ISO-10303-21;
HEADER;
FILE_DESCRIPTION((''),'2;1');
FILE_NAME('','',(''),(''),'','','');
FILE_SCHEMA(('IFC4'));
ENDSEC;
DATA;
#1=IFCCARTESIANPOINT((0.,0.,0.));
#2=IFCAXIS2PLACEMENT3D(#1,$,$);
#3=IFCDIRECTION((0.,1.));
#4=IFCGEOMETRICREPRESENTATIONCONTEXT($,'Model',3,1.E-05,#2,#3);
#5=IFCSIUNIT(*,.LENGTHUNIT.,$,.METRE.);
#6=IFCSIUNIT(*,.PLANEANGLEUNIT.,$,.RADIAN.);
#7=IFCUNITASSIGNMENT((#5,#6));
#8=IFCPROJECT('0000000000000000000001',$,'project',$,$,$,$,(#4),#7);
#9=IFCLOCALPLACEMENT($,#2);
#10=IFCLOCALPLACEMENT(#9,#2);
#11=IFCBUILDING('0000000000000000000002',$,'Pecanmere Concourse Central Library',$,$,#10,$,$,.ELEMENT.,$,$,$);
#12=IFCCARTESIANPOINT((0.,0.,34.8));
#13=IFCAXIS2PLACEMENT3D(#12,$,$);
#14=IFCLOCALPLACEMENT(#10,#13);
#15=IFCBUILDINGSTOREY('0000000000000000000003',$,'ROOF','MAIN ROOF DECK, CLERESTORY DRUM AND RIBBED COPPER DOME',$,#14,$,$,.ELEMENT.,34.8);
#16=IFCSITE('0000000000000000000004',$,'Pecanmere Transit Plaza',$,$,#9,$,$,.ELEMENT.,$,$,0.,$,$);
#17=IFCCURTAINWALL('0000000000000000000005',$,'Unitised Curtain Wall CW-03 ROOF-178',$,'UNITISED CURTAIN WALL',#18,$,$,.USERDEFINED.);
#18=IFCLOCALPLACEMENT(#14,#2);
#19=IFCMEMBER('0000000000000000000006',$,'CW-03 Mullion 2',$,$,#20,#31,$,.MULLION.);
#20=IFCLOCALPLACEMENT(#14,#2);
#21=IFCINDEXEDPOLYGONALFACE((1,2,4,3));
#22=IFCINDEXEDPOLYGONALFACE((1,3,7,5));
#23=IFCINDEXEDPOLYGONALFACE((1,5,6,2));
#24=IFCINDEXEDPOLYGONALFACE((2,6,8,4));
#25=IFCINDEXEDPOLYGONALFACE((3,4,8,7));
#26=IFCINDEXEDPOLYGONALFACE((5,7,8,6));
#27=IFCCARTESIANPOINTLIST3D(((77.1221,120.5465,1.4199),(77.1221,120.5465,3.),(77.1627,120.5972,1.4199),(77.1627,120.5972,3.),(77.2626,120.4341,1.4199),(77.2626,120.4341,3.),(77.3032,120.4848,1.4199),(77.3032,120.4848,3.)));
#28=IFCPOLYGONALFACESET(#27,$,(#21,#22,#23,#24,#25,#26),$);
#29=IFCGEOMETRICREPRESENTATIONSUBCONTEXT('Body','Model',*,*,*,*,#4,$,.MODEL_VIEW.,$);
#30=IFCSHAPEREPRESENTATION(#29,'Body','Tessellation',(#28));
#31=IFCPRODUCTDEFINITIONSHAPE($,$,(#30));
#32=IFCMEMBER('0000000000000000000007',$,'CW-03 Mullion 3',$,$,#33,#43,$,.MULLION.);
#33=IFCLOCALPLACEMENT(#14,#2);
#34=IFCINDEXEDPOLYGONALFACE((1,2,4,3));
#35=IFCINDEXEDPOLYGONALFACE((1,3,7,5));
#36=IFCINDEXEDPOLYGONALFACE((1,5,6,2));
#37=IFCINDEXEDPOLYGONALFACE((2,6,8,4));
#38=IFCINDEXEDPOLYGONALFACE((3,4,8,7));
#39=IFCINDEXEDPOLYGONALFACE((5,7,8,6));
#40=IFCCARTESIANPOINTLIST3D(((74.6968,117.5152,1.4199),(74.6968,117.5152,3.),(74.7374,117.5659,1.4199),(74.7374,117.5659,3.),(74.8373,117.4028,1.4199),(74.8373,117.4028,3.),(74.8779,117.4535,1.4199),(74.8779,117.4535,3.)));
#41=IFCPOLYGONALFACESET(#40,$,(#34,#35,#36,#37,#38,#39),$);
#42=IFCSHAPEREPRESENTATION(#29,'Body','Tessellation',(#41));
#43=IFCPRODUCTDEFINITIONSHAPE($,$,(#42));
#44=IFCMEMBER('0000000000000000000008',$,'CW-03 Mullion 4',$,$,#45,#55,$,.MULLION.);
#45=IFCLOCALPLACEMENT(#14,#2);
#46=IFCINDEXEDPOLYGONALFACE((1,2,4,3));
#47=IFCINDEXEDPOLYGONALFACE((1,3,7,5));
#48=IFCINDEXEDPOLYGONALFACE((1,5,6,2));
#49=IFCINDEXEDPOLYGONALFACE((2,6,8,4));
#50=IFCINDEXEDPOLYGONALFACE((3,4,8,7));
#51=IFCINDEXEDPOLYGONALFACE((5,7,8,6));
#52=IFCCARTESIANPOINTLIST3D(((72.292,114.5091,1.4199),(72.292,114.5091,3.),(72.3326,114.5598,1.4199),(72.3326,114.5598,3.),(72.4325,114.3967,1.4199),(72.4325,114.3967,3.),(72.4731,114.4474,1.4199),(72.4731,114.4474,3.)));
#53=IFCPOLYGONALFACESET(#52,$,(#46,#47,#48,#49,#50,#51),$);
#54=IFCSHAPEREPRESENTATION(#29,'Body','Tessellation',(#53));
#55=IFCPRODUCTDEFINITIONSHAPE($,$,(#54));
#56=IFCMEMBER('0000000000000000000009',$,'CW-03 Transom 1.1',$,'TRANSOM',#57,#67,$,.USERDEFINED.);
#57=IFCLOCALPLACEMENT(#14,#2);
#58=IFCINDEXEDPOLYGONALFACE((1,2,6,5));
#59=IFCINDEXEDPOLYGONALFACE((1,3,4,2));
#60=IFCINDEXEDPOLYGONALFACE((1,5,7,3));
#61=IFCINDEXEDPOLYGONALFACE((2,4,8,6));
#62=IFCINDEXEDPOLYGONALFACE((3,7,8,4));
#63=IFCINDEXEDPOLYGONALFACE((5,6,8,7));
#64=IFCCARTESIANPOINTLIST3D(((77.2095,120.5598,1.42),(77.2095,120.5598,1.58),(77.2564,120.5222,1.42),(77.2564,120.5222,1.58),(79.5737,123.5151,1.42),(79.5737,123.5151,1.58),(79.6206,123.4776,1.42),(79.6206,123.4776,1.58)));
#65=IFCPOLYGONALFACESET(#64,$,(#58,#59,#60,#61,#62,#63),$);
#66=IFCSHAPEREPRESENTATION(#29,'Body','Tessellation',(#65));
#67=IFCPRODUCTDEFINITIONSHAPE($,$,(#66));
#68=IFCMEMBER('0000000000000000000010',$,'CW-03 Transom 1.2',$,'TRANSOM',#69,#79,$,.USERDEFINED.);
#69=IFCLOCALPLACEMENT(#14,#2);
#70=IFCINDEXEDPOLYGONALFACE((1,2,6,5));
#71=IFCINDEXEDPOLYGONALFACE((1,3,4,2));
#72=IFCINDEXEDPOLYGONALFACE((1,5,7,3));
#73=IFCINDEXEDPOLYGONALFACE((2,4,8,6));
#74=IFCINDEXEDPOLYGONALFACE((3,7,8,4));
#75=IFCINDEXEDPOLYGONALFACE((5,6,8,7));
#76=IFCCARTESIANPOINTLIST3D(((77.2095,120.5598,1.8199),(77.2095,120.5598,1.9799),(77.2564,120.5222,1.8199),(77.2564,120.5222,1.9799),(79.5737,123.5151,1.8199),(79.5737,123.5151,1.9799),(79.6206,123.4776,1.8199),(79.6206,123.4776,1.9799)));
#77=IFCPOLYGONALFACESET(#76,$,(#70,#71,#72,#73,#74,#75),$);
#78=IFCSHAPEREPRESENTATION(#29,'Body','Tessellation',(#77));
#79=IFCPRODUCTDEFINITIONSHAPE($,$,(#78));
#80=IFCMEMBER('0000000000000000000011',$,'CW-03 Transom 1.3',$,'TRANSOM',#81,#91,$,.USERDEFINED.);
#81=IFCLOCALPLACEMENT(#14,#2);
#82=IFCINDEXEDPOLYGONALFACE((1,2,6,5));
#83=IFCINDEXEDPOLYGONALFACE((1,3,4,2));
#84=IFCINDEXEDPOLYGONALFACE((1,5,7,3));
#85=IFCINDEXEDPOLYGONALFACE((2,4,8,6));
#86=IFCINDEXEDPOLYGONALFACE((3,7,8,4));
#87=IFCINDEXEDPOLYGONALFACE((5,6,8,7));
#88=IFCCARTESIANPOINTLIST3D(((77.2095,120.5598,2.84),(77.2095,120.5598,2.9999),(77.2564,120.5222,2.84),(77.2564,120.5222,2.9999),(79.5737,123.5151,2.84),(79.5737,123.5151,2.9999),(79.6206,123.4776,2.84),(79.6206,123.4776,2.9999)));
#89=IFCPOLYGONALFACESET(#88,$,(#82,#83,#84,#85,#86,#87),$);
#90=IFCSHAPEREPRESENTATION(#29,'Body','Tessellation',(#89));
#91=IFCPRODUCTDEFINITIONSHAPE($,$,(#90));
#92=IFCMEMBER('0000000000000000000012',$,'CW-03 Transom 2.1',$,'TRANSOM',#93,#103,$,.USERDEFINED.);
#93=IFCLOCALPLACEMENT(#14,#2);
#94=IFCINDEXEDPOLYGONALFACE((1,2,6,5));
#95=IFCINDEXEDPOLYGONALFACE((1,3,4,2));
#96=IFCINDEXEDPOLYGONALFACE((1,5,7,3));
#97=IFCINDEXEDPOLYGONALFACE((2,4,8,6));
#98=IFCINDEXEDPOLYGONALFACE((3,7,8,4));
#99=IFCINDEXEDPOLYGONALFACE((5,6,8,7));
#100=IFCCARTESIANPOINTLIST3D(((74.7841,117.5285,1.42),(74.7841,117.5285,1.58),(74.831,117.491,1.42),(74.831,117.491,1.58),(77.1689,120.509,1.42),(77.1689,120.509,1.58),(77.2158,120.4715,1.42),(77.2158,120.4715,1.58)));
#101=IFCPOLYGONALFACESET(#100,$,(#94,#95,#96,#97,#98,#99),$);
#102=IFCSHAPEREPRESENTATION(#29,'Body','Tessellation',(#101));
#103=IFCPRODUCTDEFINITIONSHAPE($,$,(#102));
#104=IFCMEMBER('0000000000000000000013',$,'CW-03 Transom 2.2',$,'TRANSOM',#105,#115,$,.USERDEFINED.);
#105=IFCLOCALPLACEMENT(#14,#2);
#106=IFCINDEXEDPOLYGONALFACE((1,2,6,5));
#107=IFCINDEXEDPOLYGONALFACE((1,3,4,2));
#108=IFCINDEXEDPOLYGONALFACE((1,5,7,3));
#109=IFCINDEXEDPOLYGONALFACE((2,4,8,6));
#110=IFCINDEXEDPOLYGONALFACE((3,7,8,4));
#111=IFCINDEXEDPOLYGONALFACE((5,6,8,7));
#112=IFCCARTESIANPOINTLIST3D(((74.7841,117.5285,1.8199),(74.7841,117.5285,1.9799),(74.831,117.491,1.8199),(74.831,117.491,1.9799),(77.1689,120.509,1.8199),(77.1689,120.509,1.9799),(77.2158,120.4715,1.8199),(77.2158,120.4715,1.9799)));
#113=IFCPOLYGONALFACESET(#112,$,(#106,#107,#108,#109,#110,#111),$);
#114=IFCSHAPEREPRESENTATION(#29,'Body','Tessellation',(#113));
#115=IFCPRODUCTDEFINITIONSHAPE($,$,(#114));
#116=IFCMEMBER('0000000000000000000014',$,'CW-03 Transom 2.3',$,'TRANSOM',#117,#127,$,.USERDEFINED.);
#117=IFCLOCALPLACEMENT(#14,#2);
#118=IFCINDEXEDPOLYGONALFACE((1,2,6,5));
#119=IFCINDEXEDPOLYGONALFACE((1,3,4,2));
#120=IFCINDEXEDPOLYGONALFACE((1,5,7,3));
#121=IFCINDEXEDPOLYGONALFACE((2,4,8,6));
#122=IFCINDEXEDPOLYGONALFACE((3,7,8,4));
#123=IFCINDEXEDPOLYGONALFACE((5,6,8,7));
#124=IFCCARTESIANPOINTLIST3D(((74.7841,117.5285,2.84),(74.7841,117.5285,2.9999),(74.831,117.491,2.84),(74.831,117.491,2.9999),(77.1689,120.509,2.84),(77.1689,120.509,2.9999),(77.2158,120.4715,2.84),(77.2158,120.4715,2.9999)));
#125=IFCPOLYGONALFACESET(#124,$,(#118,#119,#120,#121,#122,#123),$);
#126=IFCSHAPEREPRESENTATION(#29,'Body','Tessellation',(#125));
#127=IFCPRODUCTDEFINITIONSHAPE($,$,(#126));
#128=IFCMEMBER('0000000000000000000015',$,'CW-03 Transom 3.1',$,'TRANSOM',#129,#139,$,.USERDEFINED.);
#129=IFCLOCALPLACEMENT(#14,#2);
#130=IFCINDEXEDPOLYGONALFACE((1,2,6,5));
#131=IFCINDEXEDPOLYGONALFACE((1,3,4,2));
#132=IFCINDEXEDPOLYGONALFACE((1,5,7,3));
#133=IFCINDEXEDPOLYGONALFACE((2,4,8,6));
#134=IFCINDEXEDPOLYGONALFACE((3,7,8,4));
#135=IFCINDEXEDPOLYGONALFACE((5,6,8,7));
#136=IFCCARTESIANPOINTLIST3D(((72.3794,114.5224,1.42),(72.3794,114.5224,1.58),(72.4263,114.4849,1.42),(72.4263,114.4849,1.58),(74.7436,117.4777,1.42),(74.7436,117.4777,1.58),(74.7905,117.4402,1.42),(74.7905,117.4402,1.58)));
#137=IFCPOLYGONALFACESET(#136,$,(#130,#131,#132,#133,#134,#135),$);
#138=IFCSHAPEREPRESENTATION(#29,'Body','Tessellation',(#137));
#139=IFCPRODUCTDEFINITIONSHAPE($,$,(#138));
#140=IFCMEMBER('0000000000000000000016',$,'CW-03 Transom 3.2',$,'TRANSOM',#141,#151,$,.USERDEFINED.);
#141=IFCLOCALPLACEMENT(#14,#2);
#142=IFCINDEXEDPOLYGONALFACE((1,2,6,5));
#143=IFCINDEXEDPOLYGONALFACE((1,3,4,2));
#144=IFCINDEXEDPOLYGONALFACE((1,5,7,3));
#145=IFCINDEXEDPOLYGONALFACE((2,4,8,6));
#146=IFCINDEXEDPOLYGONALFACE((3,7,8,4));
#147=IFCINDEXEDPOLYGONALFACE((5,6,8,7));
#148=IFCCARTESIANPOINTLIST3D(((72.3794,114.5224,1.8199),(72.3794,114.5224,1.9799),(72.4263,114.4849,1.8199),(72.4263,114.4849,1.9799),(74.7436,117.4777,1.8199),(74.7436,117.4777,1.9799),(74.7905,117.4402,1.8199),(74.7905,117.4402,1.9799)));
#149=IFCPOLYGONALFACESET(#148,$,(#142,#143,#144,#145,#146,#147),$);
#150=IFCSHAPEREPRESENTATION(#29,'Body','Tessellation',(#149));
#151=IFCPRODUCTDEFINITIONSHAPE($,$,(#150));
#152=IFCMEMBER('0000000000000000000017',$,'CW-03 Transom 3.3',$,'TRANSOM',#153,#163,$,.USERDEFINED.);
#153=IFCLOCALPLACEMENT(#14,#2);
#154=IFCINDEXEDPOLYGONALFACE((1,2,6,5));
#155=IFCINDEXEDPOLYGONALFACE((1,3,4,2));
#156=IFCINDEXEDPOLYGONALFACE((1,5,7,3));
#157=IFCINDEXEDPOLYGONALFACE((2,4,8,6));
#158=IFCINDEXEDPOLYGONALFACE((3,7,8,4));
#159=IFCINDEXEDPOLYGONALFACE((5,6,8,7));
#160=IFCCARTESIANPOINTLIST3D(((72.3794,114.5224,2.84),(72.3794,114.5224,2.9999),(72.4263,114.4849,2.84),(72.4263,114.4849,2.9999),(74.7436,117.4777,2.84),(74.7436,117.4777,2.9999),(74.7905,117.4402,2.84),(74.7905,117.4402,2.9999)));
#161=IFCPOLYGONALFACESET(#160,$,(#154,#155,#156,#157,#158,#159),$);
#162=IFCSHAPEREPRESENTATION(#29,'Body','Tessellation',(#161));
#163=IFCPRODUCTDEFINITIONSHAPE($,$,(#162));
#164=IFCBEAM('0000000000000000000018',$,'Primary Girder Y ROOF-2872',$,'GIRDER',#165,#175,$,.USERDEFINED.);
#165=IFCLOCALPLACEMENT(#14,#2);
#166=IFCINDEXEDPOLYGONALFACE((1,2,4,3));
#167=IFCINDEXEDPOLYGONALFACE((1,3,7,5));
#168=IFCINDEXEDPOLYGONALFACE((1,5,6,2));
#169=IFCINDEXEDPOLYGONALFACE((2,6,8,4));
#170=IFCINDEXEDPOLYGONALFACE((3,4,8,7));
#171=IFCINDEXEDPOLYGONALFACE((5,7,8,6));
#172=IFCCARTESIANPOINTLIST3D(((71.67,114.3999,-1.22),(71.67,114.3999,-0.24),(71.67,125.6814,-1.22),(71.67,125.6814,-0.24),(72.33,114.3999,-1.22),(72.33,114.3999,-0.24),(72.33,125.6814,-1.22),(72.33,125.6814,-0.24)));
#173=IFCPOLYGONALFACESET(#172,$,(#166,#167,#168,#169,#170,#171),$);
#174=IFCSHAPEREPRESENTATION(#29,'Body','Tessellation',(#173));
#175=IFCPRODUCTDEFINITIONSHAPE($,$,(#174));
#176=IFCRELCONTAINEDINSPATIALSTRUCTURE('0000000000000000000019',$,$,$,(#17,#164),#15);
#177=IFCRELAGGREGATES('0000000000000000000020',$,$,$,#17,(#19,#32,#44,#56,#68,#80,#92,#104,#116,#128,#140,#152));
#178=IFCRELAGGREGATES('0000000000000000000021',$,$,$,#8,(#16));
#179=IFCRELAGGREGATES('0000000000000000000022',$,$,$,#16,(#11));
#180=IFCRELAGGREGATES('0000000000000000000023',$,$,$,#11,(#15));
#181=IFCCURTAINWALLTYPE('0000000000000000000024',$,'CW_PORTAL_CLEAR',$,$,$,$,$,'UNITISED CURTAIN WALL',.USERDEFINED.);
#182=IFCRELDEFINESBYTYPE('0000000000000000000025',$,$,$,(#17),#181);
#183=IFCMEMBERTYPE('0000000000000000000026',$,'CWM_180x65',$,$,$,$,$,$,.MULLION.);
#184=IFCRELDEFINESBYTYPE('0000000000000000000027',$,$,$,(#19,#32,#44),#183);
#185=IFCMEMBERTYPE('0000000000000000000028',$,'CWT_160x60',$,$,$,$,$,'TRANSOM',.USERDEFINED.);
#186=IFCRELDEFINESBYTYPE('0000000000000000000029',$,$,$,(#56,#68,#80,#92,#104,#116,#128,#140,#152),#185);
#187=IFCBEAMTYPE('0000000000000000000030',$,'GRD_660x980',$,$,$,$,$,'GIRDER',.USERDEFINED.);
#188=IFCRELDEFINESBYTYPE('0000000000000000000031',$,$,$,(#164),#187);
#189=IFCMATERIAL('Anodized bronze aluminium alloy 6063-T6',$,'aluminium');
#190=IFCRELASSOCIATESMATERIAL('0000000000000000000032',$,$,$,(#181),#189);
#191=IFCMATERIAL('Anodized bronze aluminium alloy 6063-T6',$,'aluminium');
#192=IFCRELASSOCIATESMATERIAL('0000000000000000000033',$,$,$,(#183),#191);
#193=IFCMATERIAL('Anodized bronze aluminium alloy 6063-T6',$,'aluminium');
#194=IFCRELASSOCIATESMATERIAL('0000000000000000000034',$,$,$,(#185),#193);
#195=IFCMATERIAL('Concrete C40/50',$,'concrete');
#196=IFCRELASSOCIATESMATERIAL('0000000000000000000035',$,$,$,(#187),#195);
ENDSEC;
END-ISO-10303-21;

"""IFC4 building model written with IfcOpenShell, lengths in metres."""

from ifc_helpers import new_model, si_unit, direction, frame, origin, origin_2d, place, context, subcontext, project, spatial, rectangle, extrude, material, material_profile, profile_set, type_object, element, aggregate, save


model = new_model("IFC4")

# Units and contexts
model_context = context("Model", 3, precision=1e-05, world=origin(), true_north=direction((0.0, 1.0)))
body_context = subcontext(model_context, "Body", "Model", "MODEL_VIEW")
ifc_project = project(units=[si_unit("LENGTHUNIT", "METRE"), si_unit("PLANEANGLEUNIT", "RADIAN")], contexts=[model_context])

# Site, building, storey
site_placement = place(None, origin())
site = spatial("IfcSite", under=ifc_project, at=site_placement, Name="Pecanmere Transit Plaza", CompositionType="ELEMENT", RefElevation=0.0)
building_placement = place(site_placement, origin())
building = spatial("IfcBuilding", under=site, at=building_placement, Name="Pecanmere Concourse Central Library", CompositionType="ELEMENT")
storey_placement = place(building_placement, frame((0.0, 0.0, 34.8)))
storey = spatial("IfcBuildingStorey", under=building, at=storey_placement, Name="ROOF", Description="MAIN ROOF DECK, CLERESTORY DRUM AND RIBBED COPPER DOME", CompositionType="ELEMENT", Elevation=34.8)

# Curtain wall, members
ifc_material_1 = material(Name="Anodized bronze aluminium alloy 6063-T6", Category="aluminium")
curtain_wall_type = type_object("IfcCurtainWallType", Name="CW_PORTAL_CLEAR", ElementType="UNITISED CURTAIN WALL", PredefinedType="USERDEFINED", material=ifc_material_1)
curtain_wall_placement = place(storey_placement, origin())
curtain_wall = element("IfcCurtainWall", 1, at=curtain_wall_placement, inside=storey, type_object=curtain_wall_type, Name="Unitised Curtain Wall CW-03 ROOF-178", ObjectType="UNITISED CURTAIN WALL", PredefinedType="USERDEFINED")
ifc_material_2 = material(Name="Anodized bronze aluminium alloy 6063-T6", Category="aluminium")
ifc_material_profile_1 = material_profile(ifc_material_2, rectangle(XDim=0.0649, YDim=0.1799, at=origin_2d()), Name="AL 65x180")
ifc_profile_set_1 = profile_set([ifc_material_profile_1], Name="Anodized bronze aluminium alloy 6063-T6")
member_type_1 = type_object("IfcMemberType", Name="CWM_180x65", PredefinedType="MULLION", material=ifc_profile_set_1)
member_1_placement = place(storey_placement, frame((77.2126, 120.5156, 1.4199), z_axis=(0.0, 0.0, 1.0), x_axis=(-0.624697, -0.780867, 0.0)))
member_1 = element("IfcMember", 2, at=member_1_placement, type_object=member_type_1, Name="CW-03 Mullion 2", PredefinedType="MULLION", context=body_context, shape_type="SweptSolid", body=[
    extrude(rectangle(XDim=0.0649, YDim=0.1799, at=origin_2d()), origin(), (0.0, 0.0, 1.0), 1.5801),
])
member_2_placement = place(storey_placement, frame((74.7874, 117.4844, 1.4199), z_axis=(0.0, 0.0, 1.0), x_axis=(-0.624697, -0.780867, 0.0)))
member_2 = element("IfcMember", 3, at=member_2_placement, type_object=member_type_1, Name="CW-03 Mullion 3", PredefinedType="MULLION", context=body_context, shape_type="SweptSolid", body=[
    extrude(rectangle(XDim=0.0649, YDim=0.1799, at=origin_2d()), origin(), (0.0, 0.0, 1.0), 1.5801),
])
member_3_placement = place(storey_placement, frame((72.3826, 114.4783, 1.4199), z_axis=(0.0, 0.0, 1.0), x_axis=(-0.624697, -0.780867, 0.0)))
member_3 = element("IfcMember", 4, at=member_3_placement, type_object=member_type_1, Name="CW-03 Mullion 4", PredefinedType="MULLION", context=body_context, shape_type="SweptSolid", body=[
    extrude(rectangle(XDim=0.0649, YDim=0.1799, at=origin_2d()), origin(), (0.0, 0.0, 1.0), 1.5801),
])
ifc_material_3 = material(Name="Anodized bronze aluminium alloy 6063-T6", Category="aluminium")
ifc_material_profile_2 = material_profile(ifc_material_3, rectangle(XDim=0.0601, YDim=0.1599, at=origin_2d()), Name="AL 60x160")
ifc_profile_set_2 = profile_set([ifc_material_profile_2], Name="Anodized bronze aluminium alloy 6063-T6")
member_type_2 = type_object("IfcMemberType", Name="CWT_160x60", ElementType="TRANSOM", PredefinedType="USERDEFINED", material=ifc_profile_set_2)
member_4_placement = place(storey_placement, frame((79.5972, 123.4963, 1.5), z_axis=(-0.624695, -0.780869, 0.0), x_axis=(0.780869, -0.624695, 0.0)))
member_4 = element("IfcMember", 5, at=member_4_placement, type_object=member_type_2, Name="CW-03 Transom 1.1", ObjectType="TRANSOM", PredefinedType="USERDEFINED", context=body_context, shape_type="SweptSolid", body=[
    extrude(rectangle(XDim=0.0601, YDim=0.1599, at=origin_2d()), origin(), (0.0, 0.0, 1.0), 3.7847),
])
member_5_placement = place(storey_placement, frame((79.5972, 123.4963, 1.8999), z_axis=(-0.624695, -0.780869, 0.0), x_axis=(0.780869, -0.624695, 0.0)))
member_5 = element("IfcMember", 6, at=member_5_placement, type_object=member_type_2, Name="CW-03 Transom 1.2", ObjectType="TRANSOM", PredefinedType="USERDEFINED", context=body_context, shape_type="SweptSolid", body=[
    extrude(rectangle(XDim=0.0601, YDim=0.1599, at=origin_2d()), origin(), (0.0, 0.0, 1.0), 3.7847),
])
member_6_placement = place(storey_placement, frame((79.5972, 123.4963, 2.9199), z_axis=(-0.624695, -0.780869, 0.0), x_axis=(0.780869, -0.624695, 0.0)))
member_6 = element("IfcMember", 7, at=member_6_placement, type_object=member_type_2, Name="CW-03 Transom 1.3", ObjectType="TRANSOM", PredefinedType="USERDEFINED", context=body_context, shape_type="SweptSolid", body=[
    extrude(rectangle(XDim=0.0601, YDim=0.1599, at=origin_2d()), origin(), (0.0, 0.0, 1.0), 3.7847),
])
member_7_placement = place(storey_placement, frame((77.1924, 120.4902, 1.5), z_axis=(-0.624757, -0.780819, 0.0), x_axis=(0.780819, -0.624757, 0.0)))
member_7 = element("IfcMember", 8, at=member_7_placement, type_object=member_type_2, Name="CW-03 Transom 2.1", ObjectType="TRANSOM", PredefinedType="USERDEFINED", context=body_context, shape_type="SweptSolid", body=[
    extrude(rectangle(XDim=0.0601, YDim=0.1599, at=origin_2d()), origin(), (0.0, 0.0, 1.0), 3.8171),
])
member_8_placement = place(storey_placement, frame((77.1924, 120.4902, 1.8999), z_axis=(-0.624757, -0.780819, 0.0), x_axis=(0.780819, -0.624757, 0.0)))
member_8 = element("IfcMember", 9, at=member_8_placement, type_object=member_type_2, Name="CW-03 Transom 2.2", ObjectType="TRANSOM", PredefinedType="USERDEFINED", context=body_context, shape_type="SweptSolid", body=[
    extrude(rectangle(XDim=0.0601, YDim=0.1599, at=origin_2d()), origin(), (0.0, 0.0, 1.0), 3.8171),
])
member_9_placement = place(storey_placement, frame((77.1924, 120.4902, 2.9199), z_axis=(-0.624757, -0.780819, 0.0), x_axis=(0.780819, -0.624757, 0.0)))
member_9 = element("IfcMember", 10, at=member_9_placement, type_object=member_type_2, Name="CW-03 Transom 2.3", ObjectType="TRANSOM", PredefinedType="USERDEFINED", context=body_context, shape_type="SweptSolid", body=[
    extrude(rectangle(XDim=0.0601, YDim=0.1599, at=origin_2d()), origin(), (0.0, 0.0, 1.0), 3.8171),
])
member_10_placement = place(storey_placement, frame((74.7671, 117.459, 1.5), z_axis=(-0.624695, -0.780869, 0.0), x_axis=(0.780869, -0.624695, 0.0)))
member_10 = element("IfcMember", 11, at=member_10_placement, type_object=member_type_2, Name="CW-03 Transom 3.1", ObjectType="TRANSOM", PredefinedType="USERDEFINED", context=body_context, shape_type="SweptSolid", body=[
    extrude(rectangle(XDim=0.0601, YDim=0.1599, at=origin_2d()), origin(), (0.0, 0.0, 1.0), 3.7847),
])
member_11_placement = place(storey_placement, frame((74.7671, 117.459, 1.8999), z_axis=(-0.624695, -0.780869, 0.0), x_axis=(0.780869, -0.624695, 0.0)))
member_11 = element("IfcMember", 12, at=member_11_placement, type_object=member_type_2, Name="CW-03 Transom 3.2", ObjectType="TRANSOM", PredefinedType="USERDEFINED", context=body_context, shape_type="SweptSolid", body=[
    extrude(rectangle(XDim=0.0601, YDim=0.1599, at=origin_2d()), origin(), (0.0, 0.0, 1.0), 3.7847),
])
member_12_placement = place(storey_placement, frame((74.7671, 117.459, 2.9199), z_axis=(-0.624695, -0.780869, 0.0), x_axis=(0.780869, -0.624695, 0.0)))
member_12 = element("IfcMember", 13, at=member_12_placement, type_object=member_type_2, Name="CW-03 Transom 3.3", ObjectType="TRANSOM", PredefinedType="USERDEFINED", context=body_context, shape_type="SweptSolid", body=[
    extrude(rectangle(XDim=0.0601, YDim=0.1599, at=origin_2d()), origin(), (0.0, 0.0, 1.0), 3.7847),
])

# Beam
ifc_material_4 = material(Name="Concrete C40/50", Category="concrete")
ifc_material_profile_3 = material_profile(ifc_material_4, rectangle(XDim=0.6599, YDim=0.98, at=origin_2d()), Name="RC 660x980")
ifc_profile_set_3 = profile_set([ifc_material_profile_3], Name="Concrete C40/50")
beam_type_1 = type_object("IfcBeamType", Name="GRD_660x980", ElementType="GIRDER", PredefinedType="USERDEFINED", material=ifc_profile_set_3)
beam_1_placement = place(storey_placement, frame((72.0, 114.3999, -0.73), z_axis=(0.0, 1.0, 0.0), x_axis=(-1.0, 0.0, 0.0)))
element("IfcBeam", 14, at=beam_1_placement, inside=storey, type_object=beam_type_1, Name="Primary Girder Y ROOF-2872", ObjectType="GIRDER", PredefinedType="USERDEFINED", context=body_context, shape_type="SweptSolid", body=[
    extrude(rectangle(XDim=0.6599, YDim=0.98, at=origin_2d()), origin(), (0.0, 0.0, 1.0), 11.2815),
])

aggregate(curtain_wall, [member_1, member_2, member_3, member_4, member_5, member_6, member_7, member_8, member_9, member_10, member_11, member_12])

save(model, "model.ifc")
